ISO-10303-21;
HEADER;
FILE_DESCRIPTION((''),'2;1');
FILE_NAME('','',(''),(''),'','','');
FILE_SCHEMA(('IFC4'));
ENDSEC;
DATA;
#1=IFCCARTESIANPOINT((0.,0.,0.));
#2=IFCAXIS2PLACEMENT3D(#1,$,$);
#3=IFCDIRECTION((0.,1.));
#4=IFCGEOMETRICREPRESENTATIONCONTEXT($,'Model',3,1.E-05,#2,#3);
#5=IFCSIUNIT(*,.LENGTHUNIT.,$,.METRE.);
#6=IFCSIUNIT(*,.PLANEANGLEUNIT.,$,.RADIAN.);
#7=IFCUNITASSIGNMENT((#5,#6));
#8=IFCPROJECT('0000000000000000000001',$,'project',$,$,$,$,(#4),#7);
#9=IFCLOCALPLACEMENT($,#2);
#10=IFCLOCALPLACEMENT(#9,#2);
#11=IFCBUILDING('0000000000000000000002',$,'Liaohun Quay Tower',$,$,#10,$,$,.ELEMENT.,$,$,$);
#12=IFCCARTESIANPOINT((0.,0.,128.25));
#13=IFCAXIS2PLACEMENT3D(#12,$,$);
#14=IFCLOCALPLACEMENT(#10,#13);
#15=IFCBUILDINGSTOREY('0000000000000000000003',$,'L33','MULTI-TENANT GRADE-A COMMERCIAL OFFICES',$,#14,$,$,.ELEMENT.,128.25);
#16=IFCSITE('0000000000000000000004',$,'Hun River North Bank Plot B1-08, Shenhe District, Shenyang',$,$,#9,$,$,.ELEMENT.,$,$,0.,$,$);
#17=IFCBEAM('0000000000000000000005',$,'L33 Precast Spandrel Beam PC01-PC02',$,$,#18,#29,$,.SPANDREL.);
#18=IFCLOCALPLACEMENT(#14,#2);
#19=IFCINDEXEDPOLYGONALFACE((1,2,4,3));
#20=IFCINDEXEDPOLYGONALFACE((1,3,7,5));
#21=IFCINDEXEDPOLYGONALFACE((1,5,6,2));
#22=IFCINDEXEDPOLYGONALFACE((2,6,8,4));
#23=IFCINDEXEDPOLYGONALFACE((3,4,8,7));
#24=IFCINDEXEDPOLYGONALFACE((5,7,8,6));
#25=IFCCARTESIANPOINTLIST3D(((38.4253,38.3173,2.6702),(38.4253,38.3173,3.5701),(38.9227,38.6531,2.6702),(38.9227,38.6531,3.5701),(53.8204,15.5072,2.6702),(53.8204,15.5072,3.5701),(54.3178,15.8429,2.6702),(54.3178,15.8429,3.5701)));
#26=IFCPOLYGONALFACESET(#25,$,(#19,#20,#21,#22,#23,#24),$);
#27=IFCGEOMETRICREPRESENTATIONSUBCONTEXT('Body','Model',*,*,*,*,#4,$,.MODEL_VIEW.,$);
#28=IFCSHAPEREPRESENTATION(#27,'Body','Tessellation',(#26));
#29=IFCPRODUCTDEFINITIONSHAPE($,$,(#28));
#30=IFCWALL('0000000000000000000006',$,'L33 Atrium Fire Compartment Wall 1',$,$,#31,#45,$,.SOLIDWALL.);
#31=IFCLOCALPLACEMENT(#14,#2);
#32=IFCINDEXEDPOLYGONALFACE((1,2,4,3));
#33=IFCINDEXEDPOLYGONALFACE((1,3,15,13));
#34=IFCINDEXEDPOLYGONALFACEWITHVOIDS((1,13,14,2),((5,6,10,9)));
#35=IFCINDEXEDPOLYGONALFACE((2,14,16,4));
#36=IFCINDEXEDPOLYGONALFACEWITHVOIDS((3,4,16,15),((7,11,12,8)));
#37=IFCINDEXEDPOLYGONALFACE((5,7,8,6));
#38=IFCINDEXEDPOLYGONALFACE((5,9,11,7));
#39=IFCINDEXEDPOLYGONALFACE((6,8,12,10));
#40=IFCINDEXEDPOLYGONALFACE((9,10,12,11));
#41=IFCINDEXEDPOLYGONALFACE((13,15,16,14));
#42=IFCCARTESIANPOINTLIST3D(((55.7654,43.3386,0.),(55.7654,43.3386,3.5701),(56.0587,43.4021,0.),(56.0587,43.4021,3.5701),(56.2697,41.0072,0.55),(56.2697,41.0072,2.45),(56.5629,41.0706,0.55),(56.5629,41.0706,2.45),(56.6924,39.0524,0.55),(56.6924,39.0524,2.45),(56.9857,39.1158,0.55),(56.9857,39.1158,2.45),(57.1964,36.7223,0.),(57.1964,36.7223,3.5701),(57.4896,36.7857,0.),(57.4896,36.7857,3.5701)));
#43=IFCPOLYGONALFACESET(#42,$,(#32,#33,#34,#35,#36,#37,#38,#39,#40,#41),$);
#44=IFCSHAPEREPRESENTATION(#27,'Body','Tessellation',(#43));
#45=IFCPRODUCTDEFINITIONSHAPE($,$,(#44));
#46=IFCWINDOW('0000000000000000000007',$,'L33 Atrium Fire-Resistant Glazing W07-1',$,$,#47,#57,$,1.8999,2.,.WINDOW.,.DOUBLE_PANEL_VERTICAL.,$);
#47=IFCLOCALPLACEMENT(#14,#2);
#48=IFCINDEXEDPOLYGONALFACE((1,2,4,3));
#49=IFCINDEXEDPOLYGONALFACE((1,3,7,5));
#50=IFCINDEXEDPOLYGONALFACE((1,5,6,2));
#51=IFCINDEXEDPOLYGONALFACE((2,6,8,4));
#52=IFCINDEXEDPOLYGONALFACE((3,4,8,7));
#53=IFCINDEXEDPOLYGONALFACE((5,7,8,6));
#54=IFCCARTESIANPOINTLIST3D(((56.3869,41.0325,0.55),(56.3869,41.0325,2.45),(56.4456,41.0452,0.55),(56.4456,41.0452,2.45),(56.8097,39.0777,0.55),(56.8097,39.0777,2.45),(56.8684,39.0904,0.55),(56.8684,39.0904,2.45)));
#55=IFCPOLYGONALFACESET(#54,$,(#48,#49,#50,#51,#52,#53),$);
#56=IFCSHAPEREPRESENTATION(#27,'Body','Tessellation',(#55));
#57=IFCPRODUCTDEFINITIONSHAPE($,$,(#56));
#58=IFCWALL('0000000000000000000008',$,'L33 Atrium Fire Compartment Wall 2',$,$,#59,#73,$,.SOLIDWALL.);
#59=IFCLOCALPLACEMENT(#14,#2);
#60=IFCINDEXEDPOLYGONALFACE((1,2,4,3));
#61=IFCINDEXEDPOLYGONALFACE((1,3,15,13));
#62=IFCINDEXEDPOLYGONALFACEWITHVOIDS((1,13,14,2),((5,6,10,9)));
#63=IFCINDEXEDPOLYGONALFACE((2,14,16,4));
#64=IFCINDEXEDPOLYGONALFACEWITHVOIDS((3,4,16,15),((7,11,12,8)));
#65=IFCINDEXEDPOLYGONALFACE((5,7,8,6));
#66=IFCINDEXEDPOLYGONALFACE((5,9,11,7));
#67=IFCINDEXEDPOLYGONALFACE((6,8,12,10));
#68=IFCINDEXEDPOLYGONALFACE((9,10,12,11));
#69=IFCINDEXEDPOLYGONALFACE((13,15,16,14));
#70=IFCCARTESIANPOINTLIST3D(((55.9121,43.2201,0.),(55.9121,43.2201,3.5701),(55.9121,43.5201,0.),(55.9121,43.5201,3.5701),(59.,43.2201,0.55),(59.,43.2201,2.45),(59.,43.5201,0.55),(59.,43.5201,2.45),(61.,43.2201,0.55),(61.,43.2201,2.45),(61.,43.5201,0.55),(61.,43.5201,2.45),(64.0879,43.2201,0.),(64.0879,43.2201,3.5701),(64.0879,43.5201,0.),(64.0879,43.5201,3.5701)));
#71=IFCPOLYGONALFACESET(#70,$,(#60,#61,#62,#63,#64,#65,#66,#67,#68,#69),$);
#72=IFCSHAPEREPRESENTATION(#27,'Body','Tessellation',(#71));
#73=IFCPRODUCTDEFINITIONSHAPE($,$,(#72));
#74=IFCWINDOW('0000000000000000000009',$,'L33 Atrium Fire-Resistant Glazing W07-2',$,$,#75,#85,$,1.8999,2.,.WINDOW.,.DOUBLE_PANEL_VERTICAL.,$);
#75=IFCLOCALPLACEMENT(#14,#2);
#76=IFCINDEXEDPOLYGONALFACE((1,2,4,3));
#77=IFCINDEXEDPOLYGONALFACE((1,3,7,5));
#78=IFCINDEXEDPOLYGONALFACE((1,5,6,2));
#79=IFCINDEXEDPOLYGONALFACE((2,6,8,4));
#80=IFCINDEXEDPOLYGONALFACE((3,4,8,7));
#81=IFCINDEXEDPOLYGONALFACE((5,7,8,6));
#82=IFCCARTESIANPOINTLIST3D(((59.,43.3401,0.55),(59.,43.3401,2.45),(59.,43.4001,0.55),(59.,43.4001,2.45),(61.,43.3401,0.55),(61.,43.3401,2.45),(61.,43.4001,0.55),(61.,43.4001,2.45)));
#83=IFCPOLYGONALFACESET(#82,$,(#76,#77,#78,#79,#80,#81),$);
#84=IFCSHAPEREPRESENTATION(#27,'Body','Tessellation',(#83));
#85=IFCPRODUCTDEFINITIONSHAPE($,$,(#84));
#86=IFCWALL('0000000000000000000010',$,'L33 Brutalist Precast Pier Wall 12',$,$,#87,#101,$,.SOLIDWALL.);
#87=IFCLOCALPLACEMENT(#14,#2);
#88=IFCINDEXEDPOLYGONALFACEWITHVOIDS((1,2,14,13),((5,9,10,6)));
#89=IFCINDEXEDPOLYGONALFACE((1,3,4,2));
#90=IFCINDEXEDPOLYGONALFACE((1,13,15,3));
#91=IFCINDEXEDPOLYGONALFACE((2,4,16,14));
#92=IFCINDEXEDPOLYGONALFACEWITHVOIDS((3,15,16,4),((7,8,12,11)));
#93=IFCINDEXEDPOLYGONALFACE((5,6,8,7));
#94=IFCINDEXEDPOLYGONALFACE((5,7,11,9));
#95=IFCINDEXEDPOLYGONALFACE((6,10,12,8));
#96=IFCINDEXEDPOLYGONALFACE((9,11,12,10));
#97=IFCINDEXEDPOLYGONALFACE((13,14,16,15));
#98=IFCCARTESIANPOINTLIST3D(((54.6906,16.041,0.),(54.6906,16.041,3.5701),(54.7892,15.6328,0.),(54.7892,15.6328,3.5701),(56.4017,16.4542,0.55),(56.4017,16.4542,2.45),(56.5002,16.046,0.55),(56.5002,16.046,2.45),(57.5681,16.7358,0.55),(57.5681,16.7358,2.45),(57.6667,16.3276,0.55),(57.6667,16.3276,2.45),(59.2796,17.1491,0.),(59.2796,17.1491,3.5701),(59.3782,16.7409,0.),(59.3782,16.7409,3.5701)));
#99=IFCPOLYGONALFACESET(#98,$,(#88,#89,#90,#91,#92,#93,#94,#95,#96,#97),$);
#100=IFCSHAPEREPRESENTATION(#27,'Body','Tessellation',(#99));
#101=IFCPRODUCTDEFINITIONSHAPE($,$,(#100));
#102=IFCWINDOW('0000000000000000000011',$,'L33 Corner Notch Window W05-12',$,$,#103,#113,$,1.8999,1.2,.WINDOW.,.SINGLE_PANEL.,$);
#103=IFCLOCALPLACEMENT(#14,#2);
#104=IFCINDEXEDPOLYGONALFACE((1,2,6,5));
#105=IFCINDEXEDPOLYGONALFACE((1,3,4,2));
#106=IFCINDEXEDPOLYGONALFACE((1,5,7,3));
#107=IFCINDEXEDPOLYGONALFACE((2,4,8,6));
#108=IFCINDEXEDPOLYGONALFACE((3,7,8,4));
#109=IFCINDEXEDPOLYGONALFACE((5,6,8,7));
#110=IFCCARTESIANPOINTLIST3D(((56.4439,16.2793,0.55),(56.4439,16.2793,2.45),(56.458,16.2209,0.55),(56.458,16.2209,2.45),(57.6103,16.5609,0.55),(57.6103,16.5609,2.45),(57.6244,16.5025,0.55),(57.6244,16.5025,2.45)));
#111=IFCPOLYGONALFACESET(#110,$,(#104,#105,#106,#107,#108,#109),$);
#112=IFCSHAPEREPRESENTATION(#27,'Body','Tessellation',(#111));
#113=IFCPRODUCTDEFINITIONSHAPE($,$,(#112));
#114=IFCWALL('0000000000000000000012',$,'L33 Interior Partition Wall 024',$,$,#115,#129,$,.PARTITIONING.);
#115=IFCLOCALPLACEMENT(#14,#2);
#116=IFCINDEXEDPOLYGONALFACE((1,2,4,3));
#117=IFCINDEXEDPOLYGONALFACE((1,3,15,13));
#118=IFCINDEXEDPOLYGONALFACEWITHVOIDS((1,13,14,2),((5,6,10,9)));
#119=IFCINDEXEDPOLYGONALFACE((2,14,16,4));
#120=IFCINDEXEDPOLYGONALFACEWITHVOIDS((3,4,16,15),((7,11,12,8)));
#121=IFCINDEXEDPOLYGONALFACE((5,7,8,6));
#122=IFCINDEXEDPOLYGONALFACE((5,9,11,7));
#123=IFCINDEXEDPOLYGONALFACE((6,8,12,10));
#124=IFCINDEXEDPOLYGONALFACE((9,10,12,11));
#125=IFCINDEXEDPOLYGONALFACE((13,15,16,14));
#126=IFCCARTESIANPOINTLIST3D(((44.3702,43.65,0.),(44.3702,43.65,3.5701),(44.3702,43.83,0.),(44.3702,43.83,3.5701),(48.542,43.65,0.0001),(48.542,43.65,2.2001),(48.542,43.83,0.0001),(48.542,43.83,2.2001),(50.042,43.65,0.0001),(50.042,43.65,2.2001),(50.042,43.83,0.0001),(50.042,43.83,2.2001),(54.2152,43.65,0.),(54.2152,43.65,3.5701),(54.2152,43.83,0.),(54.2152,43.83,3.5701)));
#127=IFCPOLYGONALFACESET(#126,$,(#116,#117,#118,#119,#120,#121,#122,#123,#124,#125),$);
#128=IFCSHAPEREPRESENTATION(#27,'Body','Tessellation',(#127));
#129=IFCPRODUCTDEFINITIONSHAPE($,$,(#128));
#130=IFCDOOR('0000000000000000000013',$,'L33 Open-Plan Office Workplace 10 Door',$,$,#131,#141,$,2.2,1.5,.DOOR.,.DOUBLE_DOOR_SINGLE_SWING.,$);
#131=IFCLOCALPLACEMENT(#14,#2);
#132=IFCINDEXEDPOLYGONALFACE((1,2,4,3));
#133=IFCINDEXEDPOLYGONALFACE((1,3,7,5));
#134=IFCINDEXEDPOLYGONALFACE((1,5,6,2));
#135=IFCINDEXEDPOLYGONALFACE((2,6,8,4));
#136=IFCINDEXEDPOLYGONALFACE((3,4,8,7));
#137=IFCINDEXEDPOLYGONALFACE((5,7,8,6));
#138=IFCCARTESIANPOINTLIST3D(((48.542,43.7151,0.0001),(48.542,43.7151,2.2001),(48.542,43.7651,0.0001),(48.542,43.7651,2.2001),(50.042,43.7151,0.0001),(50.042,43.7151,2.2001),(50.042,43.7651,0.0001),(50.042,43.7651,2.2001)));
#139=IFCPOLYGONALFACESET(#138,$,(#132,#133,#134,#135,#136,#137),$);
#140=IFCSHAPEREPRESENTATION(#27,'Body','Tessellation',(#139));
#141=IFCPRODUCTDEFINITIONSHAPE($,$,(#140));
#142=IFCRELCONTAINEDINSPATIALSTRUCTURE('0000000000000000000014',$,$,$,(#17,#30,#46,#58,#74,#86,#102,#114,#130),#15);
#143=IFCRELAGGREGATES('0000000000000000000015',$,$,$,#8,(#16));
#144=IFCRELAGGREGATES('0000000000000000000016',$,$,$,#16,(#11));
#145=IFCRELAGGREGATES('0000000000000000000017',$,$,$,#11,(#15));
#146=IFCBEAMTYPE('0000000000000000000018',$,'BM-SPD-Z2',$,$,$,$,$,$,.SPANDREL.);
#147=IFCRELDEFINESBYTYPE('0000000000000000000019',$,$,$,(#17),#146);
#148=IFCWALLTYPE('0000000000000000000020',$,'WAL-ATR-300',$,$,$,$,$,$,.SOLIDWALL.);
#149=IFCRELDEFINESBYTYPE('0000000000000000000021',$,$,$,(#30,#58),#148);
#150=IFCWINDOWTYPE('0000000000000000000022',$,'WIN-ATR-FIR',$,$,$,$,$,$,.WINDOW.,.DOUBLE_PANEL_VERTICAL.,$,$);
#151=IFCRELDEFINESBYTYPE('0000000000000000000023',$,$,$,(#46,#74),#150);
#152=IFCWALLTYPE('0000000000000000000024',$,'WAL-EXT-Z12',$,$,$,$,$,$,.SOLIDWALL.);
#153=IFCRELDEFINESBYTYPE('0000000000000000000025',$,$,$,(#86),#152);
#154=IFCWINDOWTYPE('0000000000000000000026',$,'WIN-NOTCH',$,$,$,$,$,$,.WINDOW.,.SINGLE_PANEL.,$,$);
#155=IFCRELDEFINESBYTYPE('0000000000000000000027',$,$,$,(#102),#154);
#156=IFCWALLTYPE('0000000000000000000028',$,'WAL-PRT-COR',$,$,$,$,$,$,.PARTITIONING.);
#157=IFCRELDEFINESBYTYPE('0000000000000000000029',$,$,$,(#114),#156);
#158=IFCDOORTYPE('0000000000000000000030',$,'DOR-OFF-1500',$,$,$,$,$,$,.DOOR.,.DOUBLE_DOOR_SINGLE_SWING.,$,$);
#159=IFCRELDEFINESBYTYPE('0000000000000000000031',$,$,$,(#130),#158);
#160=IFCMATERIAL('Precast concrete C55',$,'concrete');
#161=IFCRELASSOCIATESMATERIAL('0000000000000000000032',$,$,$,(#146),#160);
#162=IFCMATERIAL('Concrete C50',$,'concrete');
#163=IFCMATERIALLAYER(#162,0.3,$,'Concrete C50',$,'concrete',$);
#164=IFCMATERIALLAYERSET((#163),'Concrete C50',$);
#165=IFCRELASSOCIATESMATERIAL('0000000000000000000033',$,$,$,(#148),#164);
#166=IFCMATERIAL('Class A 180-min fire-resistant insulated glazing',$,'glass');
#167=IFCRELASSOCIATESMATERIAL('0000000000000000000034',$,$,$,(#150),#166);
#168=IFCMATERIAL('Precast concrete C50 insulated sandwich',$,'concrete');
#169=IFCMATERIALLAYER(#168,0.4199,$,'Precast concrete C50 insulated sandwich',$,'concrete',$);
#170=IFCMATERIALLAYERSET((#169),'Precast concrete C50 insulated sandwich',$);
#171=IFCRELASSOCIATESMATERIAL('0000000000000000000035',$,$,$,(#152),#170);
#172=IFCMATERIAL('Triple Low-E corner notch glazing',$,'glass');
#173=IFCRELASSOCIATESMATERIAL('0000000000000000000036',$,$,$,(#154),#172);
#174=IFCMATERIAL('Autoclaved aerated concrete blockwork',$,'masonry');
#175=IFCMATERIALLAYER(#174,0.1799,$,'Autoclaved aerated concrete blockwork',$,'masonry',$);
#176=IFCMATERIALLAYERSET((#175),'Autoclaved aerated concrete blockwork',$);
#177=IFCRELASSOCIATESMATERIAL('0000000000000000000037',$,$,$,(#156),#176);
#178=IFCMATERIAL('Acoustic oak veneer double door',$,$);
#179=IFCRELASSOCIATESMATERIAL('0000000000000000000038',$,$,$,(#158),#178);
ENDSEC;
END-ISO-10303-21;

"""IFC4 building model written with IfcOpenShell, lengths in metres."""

from ifc_helpers import new_model, si_unit, direction, frame, frame_2d, origin, origin_2d, place, context, subcontext, project, spatial, rectangle, extrude, source, transform, mapped, material, layer, layer_set, material_profile, profile_set, type_object, element, fill, save


model = new_model("IFC4")

# Units and contexts
model_context = context("Model", 3, precision=1e-05, world=origin(), true_north=direction((0.0, 1.0)))
body_context = subcontext(model_context, "Body", "Model", "MODEL_VIEW")
ifc_project = project(units=[si_unit("LENGTHUNIT", "METRE"), si_unit("PLANEANGLEUNIT", "RADIAN")], contexts=[model_context])

# Site, building, storey
site_placement = place(None, origin())
site = spatial("IfcSite", under=ifc_project, at=site_placement, Name="Hun River North Bank Plot B1-08, Shenhe District, Shenyang", CompositionType="ELEMENT", RefElevation=0.0)
building_placement = place(site_placement, origin())
building = spatial("IfcBuilding", under=site, at=building_placement, Name="Liaohun Quay Tower", CompositionType="ELEMENT")
storey_placement = place(building_placement, frame((0.0, 0.0, 128.25)))
storey = spatial("IfcBuildingStorey", under=building, at=storey_placement, Name="L33", Description="MULTI-TENANT GRADE-A COMMERCIAL OFFICES", CompositionType="ELEMENT", Elevation=128.25)

# Beam
ifc_material_1 = material(Name="Precast concrete C55", Category="concrete")
ifc_material_profile_1 = material_profile(ifc_material_1, rectangle(XDim=0.6001, YDim=0.8999, at=origin_2d()), Name="RC600x900")
ifc_profile_set_1 = profile_set([ifc_material_profile_1], Name="Precast concrete C55")
beam_type_1 = type_object("IfcBeamType", Name="BM-SPD-Z2", PredefinedType="SPANDREL", material=ifc_profile_set_1)
shared_shape_1 = source(origin(), body_context, "Body", "SweptSolid", [
    extrude(rectangle(XDim=0.6001, YDim=0.8999, at=origin_2d()), origin(), (0.0, 0.0, 1.0), 27.5193),
])
beam_1_placement = place(storey_placement, frame((54.0691, 15.675, 3.1201), z_axis=(-0.559429, 0.828878, 0.0), x_axis=(-0.828878, -0.559429, 0.0)))
element("IfcBeam", 1, at=beam_1_placement, inside=storey, type_object=beam_type_1, Name="L33 Precast Spandrel Beam PC01-PC02", PredefinedType="SPANDREL", context=body_context, shape_type="MappedRepresentation", body=[
    mapped(shared_shape_1, transform((0.0, 0.0, 0.0), x_axis=(1.0, 0.0, 0.0), y_axis=(0.0, 1.0, 0.0), z_axis=(0.0, 0.0, 1.0), scale=1.0)),
])

# Walls, openings, windows
ifc_material_2 = material(Name="Concrete C50", Category="concrete")
ifc_layer_1 = layer(ifc_material_2, 0.3, Name="Concrete C50", Category="concrete")
ifc_layer_set_1 = layer_set([ifc_layer_1], Name="Concrete C50")
wall_type_1 = type_object("IfcWallType", Name="WAL-ATR-300", PredefinedType="SOLIDWALL", material=ifc_layer_set_1)
wall_1_placement = place(storey_placement, frame((57.343, 36.7539, 0.0), z_axis=(0.0, 0.0, 1.0), x_axis=(-0.211386, 0.977403, 0.0)))
wall_1 = element("IfcWall", 2, at=wall_1_placement, inside=storey, type_object=wall_type_1, Name="L33 Atrium Fire Compartment Wall 1", PredefinedType="SOLIDWALL", context=body_context, shape_type="SweptSolid", body=[
    extrude(rectangle(XDim=6.7693, YDim=0.3, at=frame_2d((3.3848, 0.0))), origin(), (0.0, 0.0, 1.0), 3.5701),
])
shared_shape_2 = source(origin(), body_context, "Body", "SweptSolid", [
    extrude(rectangle(XDim=2.0, YDim=1.8999, at=frame_2d((1.0, 0.95))), frame((0.0, 0.1599, 0.0), z_axis=(0.0, -1.0, 0.0), x_axis=(1.0, 0.0, 0.0)), (0.0, 0.0, 1.0), 0.3201),
])
opening_1_placement = place(wall_1_placement, frame((2.384, 0.0, 0.55)))
opening_1 = element("IfcOpeningElement", 3, at=opening_1_placement, cuts=wall_1, PredefinedType="OPENING", context=body_context, shape_type="MappedRepresentation", body=[
    mapped(shared_shape_2, transform((0.0, 0.0, 0.0), x_axis=(1.0, 0.0, 0.0), y_axis=(0.0, 1.0, 0.0), z_axis=(0.0, 0.0, 1.0), scale=1.0)),
])
ifc_material_3 = material(Name="Class A 180-min fire-resistant insulated glazing", Category="glass")
window_type_1 = type_object("IfcWindowType", Name="WIN-ATR-FIR", PartitioningType="DOUBLE_PANEL_VERTICAL", PredefinedType="WINDOW", material=ifc_material_3)
shared_shape_3 = source(origin(), body_context, "Body", "SweptSolid", [
    extrude(rectangle(XDim=2.0, YDim=1.8999, at=frame_2d((1.0, 0.95))), frame((0.0, 0.03, 0.0), z_axis=(0.0, -1.0, 0.0), x_axis=(1.0, 0.0, 0.0)), (0.0, 0.0, 1.0), 0.0601),
])
window_1_placement = place(opening_1_placement, origin())
window_1 = element("IfcWindow", 4, at=window_1_placement, inside=storey, type_object=window_type_1, Name="L33 Atrium Fire-Resistant Glazing W07-1", OverallHeight=1.8999, OverallWidth=2.0, PartitioningType="DOUBLE_PANEL_VERTICAL", PredefinedType="WINDOW", context=body_context, shape_type="MappedRepresentation", body=[
    mapped(shared_shape_3, transform((0.0, 0.0, 0.0), x_axis=(1.0, 0.0, 0.0), y_axis=(0.0, 1.0, 0.0), z_axis=(0.0, 0.0, 1.0), scale=1.0)),
])
fill(opening_1, window_1)
wall_2_placement = place(storey_placement, frame((55.9121, 43.3701, 0.0), z_axis=(0.0, 0.0, 1.0), x_axis=(1.0, 0.0, 0.0)))
wall_2 = element("IfcWall", 5, at=wall_2_placement, inside=storey, type_object=wall_type_1, Name="L33 Atrium Fire Compartment Wall 2", PredefinedType="SOLIDWALL", context=body_context, shape_type="SweptSolid", body=[
    extrude(rectangle(XDim=8.1758, YDim=0.3, at=frame_2d((4.0879, 0.0))), origin(), (0.0, 0.0, 1.0), 3.5701),
])
opening_2_placement = place(wall_2_placement, frame((3.0879, 0.0, 0.55)))
opening_2 = element("IfcOpeningElement", 6, at=opening_2_placement, cuts=wall_2, PredefinedType="OPENING", context=body_context, shape_type="MappedRepresentation", body=[
    mapped(shared_shape_2, transform((0.0, 0.0, 0.0), x_axis=(1.0, 0.0, 0.0), y_axis=(0.0, 1.0, 0.0), z_axis=(0.0, 0.0, 1.0), scale=1.0)),
])
window_2_placement = place(opening_2_placement, origin())
window_2 = element("IfcWindow", 7, at=window_2_placement, inside=storey, type_object=window_type_1, Name="L33 Atrium Fire-Resistant Glazing W07-2", OverallHeight=1.8999, OverallWidth=2.0, PartitioningType="DOUBLE_PANEL_VERTICAL", PredefinedType="WINDOW", context=body_context, shape_type="MappedRepresentation", body=[
    mapped(shared_shape_3, transform((0.0, 0.0, 0.0), x_axis=(1.0, 0.0, 0.0), y_axis=(0.0, 1.0, 0.0), z_axis=(0.0, 0.0, 1.0), scale=1.0)),
])
fill(opening_2, window_2)
ifc_material_4 = material(Name="Precast concrete C50 insulated sandwich", Category="concrete")
ifc_layer_2 = layer(ifc_material_4, 0.4199, Name="Precast concrete C50 insulated sandwich", Category="concrete")
ifc_layer_set_2 = layer_set([ifc_layer_2], Name="Precast concrete C50 insulated sandwich")
wall_type_2 = type_object("IfcWallType", Name="WAL-EXT-Z12", PredefinedType="SOLIDWALL", material=ifc_layer_set_2)
wall_3_placement = place(storey_placement, frame((54.74, 15.8369, 0.0), z_axis=(0.0, 0.0, 1.0), x_axis=(0.972061, 0.234728, 0.0)))
wall_3 = element("IfcWall", 8, at=wall_3_placement, inside=storey, type_object=wall_type_2, Name="L33 Brutalist Precast Pier Wall 12", PredefinedType="SOLIDWALL", context=body_context, shape_type="SweptSolid", body=[
    extrude(rectangle(XDim=4.7209, YDim=0.4199, at=frame_2d((2.3604, 0.0))), origin(), (0.0, 0.0, 1.0), 3.5701),
])
shared_shape_4 = source(origin(), body_context, "Body", "SweptSolid", [
    extrude(rectangle(XDim=1.2, YDim=1.8999, at=frame_2d((0.6001, 0.95))), frame((0.0, 0.22, 0.0), z_axis=(0.0, -1.0, 0.0), x_axis=(1.0, 0.0, 0.0)), (0.0, 0.0, 1.0), 0.4399),
])
opening_3_placement = place(wall_3_placement, frame((1.76, 0.0, 0.55)))
opening_3 = element("IfcOpeningElement", 9, at=opening_3_placement, cuts=wall_3, PredefinedType="OPENING", context=body_context, shape_type="MappedRepresentation", body=[
    mapped(shared_shape_4, transform((0.0, 0.0, 0.0), x_axis=(1.0, 0.0, 0.0), y_axis=(0.0, 1.0, 0.0), z_axis=(0.0, 0.0, 1.0), scale=1.0)),
])
ifc_material_5 = material(Name="Triple Low-E corner notch glazing", Category="glass")
window_type_2 = type_object("IfcWindowType", Name="WIN-NOTCH", PartitioningType="SINGLE_PANEL", PredefinedType="WINDOW", material=ifc_material_5)
shared_shape_5 = source(origin(), body_context, "Body", "SweptSolid", [
    extrude(rectangle(XDim=1.2, YDim=1.8999, at=frame_2d((0.6001, 0.95))), frame((0.0, 0.03, 0.0), z_axis=(0.0, -1.0, 0.0), x_axis=(1.0, 0.0, 0.0)), (0.0, 0.0, 1.0), 0.0601),
])
window_3_placement = place(opening_3_placement, origin())
window_3 = element("IfcWindow", 10, at=window_3_placement, inside=storey, type_object=window_type_2, Name="L33 Corner Notch Window W05-12", OverallHeight=1.8999, OverallWidth=1.2, PartitioningType="SINGLE_PANEL", PredefinedType="WINDOW", context=body_context, shape_type="MappedRepresentation", body=[
    mapped(shared_shape_5, transform((0.0, 0.0, 0.0), x_axis=(1.0, 0.0, 0.0), y_axis=(0.0, 1.0, 0.0), z_axis=(0.0, 0.0, 1.0), scale=1.0)),
])
fill(opening_3, window_3)

# Wall, opening, door
ifc_material_6 = material(Name="Autoclaved aerated concrete blockwork", Category="masonry")
ifc_layer_3 = layer(ifc_material_6, 0.1799, Name="Autoclaved aerated concrete blockwork", Category="masonry")
ifc_layer_set_3 = layer_set([ifc_layer_3], Name="Autoclaved aerated concrete blockwork")
wall_type_3 = type_object("IfcWallType", Name="WAL-PRT-COR", PredefinedType="PARTITIONING", material=ifc_layer_set_3)
wall_4_placement = place(storey_placement, frame((54.2151, 43.74, 0.0), z_axis=(0.0, 0.0, 1.0), x_axis=(-1.0, 0.0, 0.0)))
wall_4 = element("IfcWall", 11, at=wall_4_placement, inside=storey, type_object=wall_type_3, Name="L33 Interior Partition Wall 024", PredefinedType="PARTITIONING", context=body_context, shape_type="SweptSolid", body=[
    extrude(rectangle(XDim=9.845, YDim=0.1799, at=frame_2d((4.9224, 0.0))), origin(), (0.0, 0.0, 1.0), 3.5701),
])
shared_shape_6 = source(origin(), body_context, "Body", "SweptSolid", [
    extrude(rectangle(XDim=1.5, YDim=2.2, at=frame_2d((0.75, 1.1001))), frame((0.0, 0.0999, 0.0), z_axis=(0.0, -1.0, 0.0), x_axis=(1.0, 0.0, 0.0)), (0.0, 0.0, 1.0), 0.2),
])
opening_4_placement = place(wall_4_placement, frame((4.1731, 0.0, 0.0)))
opening_4 = element("IfcOpeningElement", 12, at=opening_4_placement, cuts=wall_4, PredefinedType="OPENING", context=body_context, shape_type="MappedRepresentation", body=[
    mapped(shared_shape_6, transform((0.0, 0.0, 0.0), x_axis=(1.0, 0.0, 0.0), y_axis=(0.0, 1.0, 0.0), z_axis=(0.0, 0.0, 1.0), scale=1.0)),
])
ifc_material_7 = material(Name="Acoustic oak veneer double door")
door_type = type_object("IfcDoorType", Name="DOR-OFF-1500", OperationType="DOUBLE_DOOR_SINGLE_SWING", PredefinedType="DOOR", material=ifc_material_7)
shared_shape_7 = source(origin(), body_context, "Body", "SweptSolid", [
    extrude(rectangle(XDim=1.5, YDim=2.2, at=frame_2d((0.75, 1.1001))), frame((0.0, 0.0249, 0.0), z_axis=(0.0, -1.0, 0.0), x_axis=(1.0, 0.0, 0.0)), (0.0, 0.0, 1.0), 0.05),
])
door_placement = place(opening_4_placement, origin())
door = element("IfcDoor", 13, at=door_placement, inside=storey, type_object=door_type, Name="L33 Open-Plan Office Workplace 10 Door", OperationType="DOUBLE_DOOR_SINGLE_SWING", OverallHeight=2.2, OverallWidth=1.5, PredefinedType="DOOR", context=body_context, shape_type="MappedRepresentation", body=[
    mapped(shared_shape_7, transform((0.0, 0.0, 0.0), x_axis=(1.0, 0.0, 0.0), y_axis=(0.0, 1.0, 0.0), z_axis=(0.0, 0.0, 1.0), scale=1.0)),
])
fill(opening_4, door)

save(model, "model.ifc")
